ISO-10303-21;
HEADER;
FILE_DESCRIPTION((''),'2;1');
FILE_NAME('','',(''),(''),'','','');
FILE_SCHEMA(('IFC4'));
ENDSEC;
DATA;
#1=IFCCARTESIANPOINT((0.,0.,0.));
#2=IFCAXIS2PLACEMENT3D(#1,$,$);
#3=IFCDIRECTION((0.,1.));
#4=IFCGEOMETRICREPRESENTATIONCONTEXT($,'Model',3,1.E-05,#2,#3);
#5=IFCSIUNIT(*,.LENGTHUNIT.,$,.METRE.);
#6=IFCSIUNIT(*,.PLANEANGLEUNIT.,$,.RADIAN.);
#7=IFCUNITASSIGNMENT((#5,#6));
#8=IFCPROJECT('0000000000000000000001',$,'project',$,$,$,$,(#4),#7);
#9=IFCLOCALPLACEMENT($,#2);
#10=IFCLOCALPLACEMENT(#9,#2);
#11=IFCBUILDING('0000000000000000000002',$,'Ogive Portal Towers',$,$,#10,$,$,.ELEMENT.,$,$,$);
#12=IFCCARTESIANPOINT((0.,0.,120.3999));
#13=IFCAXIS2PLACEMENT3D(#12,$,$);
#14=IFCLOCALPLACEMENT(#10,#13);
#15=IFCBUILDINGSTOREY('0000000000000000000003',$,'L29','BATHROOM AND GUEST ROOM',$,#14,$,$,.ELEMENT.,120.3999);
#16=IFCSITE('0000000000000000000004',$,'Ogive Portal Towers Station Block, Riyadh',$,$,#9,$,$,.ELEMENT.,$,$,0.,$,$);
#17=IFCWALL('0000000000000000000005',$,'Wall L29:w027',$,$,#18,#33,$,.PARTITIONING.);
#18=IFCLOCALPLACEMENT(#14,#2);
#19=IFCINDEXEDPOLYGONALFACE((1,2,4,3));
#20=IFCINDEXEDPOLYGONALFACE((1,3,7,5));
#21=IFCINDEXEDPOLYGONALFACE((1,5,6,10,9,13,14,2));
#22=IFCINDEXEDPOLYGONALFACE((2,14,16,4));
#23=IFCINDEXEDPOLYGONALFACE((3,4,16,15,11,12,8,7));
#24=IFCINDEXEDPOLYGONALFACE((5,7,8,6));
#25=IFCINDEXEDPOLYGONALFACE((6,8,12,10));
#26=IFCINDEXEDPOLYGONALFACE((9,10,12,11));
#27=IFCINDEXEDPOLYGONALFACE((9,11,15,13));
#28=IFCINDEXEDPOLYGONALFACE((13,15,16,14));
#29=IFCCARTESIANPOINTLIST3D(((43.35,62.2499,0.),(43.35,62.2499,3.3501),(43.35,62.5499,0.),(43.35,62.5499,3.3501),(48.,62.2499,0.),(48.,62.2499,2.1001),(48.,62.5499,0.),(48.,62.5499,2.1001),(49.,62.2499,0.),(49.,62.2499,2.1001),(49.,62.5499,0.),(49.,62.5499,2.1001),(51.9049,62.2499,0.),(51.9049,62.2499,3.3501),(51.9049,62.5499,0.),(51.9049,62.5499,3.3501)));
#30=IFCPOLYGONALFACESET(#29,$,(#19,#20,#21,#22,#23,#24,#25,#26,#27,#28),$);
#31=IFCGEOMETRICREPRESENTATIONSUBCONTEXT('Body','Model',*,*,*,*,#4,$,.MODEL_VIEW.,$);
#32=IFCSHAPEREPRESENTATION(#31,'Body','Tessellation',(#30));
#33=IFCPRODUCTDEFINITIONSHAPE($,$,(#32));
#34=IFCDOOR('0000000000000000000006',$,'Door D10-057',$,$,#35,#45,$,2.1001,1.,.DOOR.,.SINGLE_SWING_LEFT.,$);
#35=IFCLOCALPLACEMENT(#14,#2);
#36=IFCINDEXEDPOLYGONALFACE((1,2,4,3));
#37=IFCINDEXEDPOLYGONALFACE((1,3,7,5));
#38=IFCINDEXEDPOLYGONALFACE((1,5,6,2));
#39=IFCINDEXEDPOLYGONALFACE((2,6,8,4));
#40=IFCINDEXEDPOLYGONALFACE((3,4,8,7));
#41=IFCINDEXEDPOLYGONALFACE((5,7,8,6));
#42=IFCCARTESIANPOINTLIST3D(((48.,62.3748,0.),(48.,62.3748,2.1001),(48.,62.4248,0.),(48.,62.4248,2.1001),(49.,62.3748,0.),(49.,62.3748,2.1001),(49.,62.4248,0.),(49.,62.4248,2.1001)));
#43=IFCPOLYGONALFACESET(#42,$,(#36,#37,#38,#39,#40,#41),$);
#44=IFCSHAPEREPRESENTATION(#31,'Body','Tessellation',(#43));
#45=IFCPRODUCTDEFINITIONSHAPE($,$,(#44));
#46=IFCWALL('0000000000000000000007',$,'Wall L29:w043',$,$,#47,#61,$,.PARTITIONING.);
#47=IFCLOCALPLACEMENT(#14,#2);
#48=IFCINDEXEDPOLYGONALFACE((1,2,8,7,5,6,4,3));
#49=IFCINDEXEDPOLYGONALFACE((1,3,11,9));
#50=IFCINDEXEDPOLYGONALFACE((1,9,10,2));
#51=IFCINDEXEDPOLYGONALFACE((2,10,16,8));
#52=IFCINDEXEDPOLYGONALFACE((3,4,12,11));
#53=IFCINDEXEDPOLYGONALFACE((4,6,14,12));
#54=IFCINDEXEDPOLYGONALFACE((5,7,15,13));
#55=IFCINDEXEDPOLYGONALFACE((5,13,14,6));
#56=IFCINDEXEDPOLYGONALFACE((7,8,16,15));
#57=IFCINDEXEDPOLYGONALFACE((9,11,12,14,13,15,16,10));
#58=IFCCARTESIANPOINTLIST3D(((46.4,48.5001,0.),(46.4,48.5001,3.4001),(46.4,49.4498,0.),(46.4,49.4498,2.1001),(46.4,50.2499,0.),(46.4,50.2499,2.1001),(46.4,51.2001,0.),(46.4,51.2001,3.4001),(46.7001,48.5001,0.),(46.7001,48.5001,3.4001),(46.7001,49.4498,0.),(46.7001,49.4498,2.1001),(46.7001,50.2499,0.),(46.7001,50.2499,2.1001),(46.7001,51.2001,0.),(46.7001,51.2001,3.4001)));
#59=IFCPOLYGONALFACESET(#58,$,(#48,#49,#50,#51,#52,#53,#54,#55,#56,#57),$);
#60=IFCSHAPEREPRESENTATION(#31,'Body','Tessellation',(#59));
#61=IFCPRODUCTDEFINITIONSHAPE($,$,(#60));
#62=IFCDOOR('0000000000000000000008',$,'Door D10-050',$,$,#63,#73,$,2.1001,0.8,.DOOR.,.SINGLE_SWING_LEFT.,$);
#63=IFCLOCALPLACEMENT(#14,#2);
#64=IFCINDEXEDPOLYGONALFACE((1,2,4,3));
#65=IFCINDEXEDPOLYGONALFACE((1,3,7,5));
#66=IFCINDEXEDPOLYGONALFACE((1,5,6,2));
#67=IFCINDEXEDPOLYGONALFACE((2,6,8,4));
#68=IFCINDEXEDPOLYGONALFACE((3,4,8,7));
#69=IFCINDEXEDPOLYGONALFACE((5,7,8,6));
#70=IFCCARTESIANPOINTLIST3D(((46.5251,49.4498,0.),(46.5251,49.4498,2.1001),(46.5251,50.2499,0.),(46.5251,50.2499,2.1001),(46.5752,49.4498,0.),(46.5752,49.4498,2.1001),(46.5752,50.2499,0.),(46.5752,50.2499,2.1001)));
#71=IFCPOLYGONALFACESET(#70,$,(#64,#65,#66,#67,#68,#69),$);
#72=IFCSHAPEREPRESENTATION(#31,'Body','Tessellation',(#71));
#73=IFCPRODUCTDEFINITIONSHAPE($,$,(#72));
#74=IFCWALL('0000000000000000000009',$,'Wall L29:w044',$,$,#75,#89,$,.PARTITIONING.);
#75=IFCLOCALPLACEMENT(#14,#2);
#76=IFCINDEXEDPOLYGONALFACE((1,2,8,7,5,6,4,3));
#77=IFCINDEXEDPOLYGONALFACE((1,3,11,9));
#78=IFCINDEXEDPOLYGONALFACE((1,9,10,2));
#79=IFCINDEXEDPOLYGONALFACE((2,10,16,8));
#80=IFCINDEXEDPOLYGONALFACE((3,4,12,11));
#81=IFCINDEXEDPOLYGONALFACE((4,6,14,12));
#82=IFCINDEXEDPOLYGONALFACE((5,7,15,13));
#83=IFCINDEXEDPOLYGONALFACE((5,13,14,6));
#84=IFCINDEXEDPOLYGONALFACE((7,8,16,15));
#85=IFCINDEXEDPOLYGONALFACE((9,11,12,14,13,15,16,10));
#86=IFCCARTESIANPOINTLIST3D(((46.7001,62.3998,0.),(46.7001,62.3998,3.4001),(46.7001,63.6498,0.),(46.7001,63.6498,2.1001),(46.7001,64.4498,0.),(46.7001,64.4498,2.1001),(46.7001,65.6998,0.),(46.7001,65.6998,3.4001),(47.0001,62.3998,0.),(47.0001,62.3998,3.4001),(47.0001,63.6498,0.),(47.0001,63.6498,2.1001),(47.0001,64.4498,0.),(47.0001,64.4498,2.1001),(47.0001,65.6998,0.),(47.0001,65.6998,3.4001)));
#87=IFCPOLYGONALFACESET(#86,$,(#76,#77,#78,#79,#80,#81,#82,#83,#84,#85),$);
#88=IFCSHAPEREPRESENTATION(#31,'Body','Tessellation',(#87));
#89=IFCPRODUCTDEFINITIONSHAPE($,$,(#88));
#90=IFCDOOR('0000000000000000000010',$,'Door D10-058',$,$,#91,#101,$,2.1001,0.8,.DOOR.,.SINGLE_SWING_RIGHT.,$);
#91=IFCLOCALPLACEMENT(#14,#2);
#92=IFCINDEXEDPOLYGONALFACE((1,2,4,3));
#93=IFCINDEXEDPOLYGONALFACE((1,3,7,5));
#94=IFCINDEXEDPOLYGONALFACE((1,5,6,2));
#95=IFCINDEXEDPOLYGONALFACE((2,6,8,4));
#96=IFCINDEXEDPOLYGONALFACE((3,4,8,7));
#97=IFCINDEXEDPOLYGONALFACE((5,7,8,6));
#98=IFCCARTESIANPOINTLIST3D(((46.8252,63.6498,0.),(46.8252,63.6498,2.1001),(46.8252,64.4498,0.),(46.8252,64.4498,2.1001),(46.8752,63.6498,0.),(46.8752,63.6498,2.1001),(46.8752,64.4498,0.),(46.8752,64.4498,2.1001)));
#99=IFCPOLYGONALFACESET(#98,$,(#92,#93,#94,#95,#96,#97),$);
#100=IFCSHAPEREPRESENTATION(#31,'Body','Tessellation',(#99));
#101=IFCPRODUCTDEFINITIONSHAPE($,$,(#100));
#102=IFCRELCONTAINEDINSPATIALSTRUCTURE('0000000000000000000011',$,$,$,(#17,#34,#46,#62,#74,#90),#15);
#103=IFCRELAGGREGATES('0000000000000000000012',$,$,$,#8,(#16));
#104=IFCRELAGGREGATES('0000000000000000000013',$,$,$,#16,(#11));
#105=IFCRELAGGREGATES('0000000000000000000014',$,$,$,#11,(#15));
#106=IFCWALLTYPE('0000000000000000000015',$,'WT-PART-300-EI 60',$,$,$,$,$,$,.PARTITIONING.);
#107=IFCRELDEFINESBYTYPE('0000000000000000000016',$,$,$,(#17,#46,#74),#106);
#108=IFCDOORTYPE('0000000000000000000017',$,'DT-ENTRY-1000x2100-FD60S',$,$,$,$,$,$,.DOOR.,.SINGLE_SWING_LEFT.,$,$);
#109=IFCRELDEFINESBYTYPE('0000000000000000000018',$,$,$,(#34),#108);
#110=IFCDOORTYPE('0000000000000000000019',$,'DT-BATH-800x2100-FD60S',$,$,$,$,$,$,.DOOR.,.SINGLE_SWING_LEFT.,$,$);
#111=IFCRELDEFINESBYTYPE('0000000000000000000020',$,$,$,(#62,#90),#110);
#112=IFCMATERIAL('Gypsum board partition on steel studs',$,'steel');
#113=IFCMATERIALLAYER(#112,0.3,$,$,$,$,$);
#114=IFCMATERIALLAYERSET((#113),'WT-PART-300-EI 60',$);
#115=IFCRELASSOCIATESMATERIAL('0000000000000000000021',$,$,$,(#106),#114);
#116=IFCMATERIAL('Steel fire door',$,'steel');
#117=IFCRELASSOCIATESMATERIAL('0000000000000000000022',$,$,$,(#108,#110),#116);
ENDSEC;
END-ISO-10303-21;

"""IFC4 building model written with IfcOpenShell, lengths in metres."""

from ifc_helpers import new_model, si_unit, direction, frame, frame_2d, origin, place, context, subcontext, project, spatial, rectangle, extrude, material, layer, layer_set, type_object, element, fill, save


model = new_model("IFC4")

# Units and contexts
model_context = context("Model", 3, precision=1e-05, world=origin(), true_north=direction((0.0, 1.0)))
body_context = subcontext(model_context, "Body", "Model", "MODEL_VIEW")
ifc_project = project(units=[si_unit("LENGTHUNIT", "METRE"), si_unit("PLANEANGLEUNIT", "RADIAN")], contexts=[model_context])

# Site, building, storey
site_placement = place(None, origin())
site = spatial("IfcSite", under=ifc_project, at=site_placement, Name="Ogive Portal Towers Station Block, Riyadh", CompositionType="ELEMENT", RefElevation=0.0)
building_placement = place(site_placement, origin())
building = spatial("IfcBuilding", under=site, at=building_placement, Name="Ogive Portal Towers", CompositionType="ELEMENT")
storey_placement = place(building_placement, frame((0.0, 0.0, 120.3999)))
storey = spatial("IfcBuildingStorey", under=building, at=storey_placement, Name="L29", Description="BATHROOM AND GUEST ROOM", CompositionType="ELEMENT", Elevation=120.3999)

# Shared definitions
ifc_material_1 = material(Name="Gypsum board partition on steel studs", Category="steel")
ifc_layer_1 = layer(ifc_material_1, 0.3)
ifc_layer_set_1 = layer_set([ifc_layer_1], Name="WT-PART-300-EI 60")
wall_type_1 = type_object("IfcWallType", Name="WT-PART-300-EI 60", PredefinedType="PARTITIONING", material=ifc_layer_set_1)

# Walls, openings, doors
wall_1_placement = place(storey_placement, frame((43.3501, 62.3999, 0.0), z_axis=(0.0, 0.0, 1.0), x_axis=(1.0, 0.0, 0.0)))
wall_1 = element("IfcWall", 1, at=wall_1_placement, inside=storey, type_object=wall_type_1, Name="Wall L29:w027", PredefinedType="PARTITIONING", context=body_context, shape_type="SweptSolid", body=[
    extrude(rectangle(XDim=8.5549, YDim=0.3, at=frame_2d((4.2773, 0.0))), origin(), (0.0, 0.0, 1.0), 3.3501),
])
opening_1_placement = place(wall_1_placement, frame((4.6499, 0.0, 0.0)))
opening_1 = element("IfcOpeningElement", 2, at=opening_1_placement, cuts=wall_1, PredefinedType="OPENING", context=body_context, shape_type="SweptSolid", body=[
    extrude(rectangle(XDim=1.0, YDim=2.1001, at=frame_2d((0.5, 1.05))), frame((0.0, 0.1602, 0.0), z_axis=(0.0, -1.0, 0.0), x_axis=(1.0, 0.0, 0.0)), (0.0, 0.0, 1.0), 0.3201),
])
ifc_material_2 = material(Name="Steel fire door", Category="steel")
door_type_1 = type_object("IfcDoorType", Name="DT-ENTRY-1000x2100-FD60S", OperationType="SINGLE_SWING_LEFT", PredefinedType="DOOR", material=ifc_material_2)
door_1_placement = place(opening_1_placement, origin())
door_1 = element("IfcDoor", 3, at=door_1_placement, inside=storey, type_object=door_type_1, Name="Door D10-057", OperationType="SINGLE_SWING_LEFT", OverallHeight=2.1001, OverallWidth=1.0, PredefinedType="DOOR", context=body_context, shape_type="SweptSolid", body=[
    extrude(rectangle(XDim=1.0, YDim=2.1001, at=frame_2d((0.5, 1.05))), frame((0.0, 0.0249, 0.0), z_axis=(0.0, -1.0, 0.0), x_axis=(1.0, 0.0, 0.0)), (0.0, 0.0, 1.0), 0.05),
])
fill(opening_1, door_1)
wall_2_placement = place(storey_placement, frame((46.55, 48.5, 0.0), z_axis=(0.0, 0.0, 1.0), x_axis=(0.0, 1.0, 0.0)))
wall_2 = element("IfcWall", 4, at=wall_2_placement, inside=storey, type_object=wall_type_1, Name="Wall L29:w043", PredefinedType="PARTITIONING", context=body_context, shape_type="SweptSolid", body=[
    extrude(rectangle(XDim=2.7, YDim=0.3, at=frame_2d((1.3501, 0.0))), origin(), (0.0, 0.0, 1.0), 3.4001),
])
opening_2_placement = place(wall_2_placement, frame((0.95, 0.0, 0.0)))
opening_2 = element("IfcOpeningElement", 5, at=opening_2_placement, cuts=wall_2, PredefinedType="OPENING", context=body_context, shape_type="SweptSolid", body=[
    extrude(rectangle(XDim=0.8, YDim=2.1001, at=frame_2d((0.3999, 1.05))), frame((0.0, 0.1602, 0.0), z_axis=(0.0, -1.0, 0.0), x_axis=(1.0, 0.0, 0.0)), (0.0, 0.0, 1.0), 0.3201),
])
door_type_2 = type_object("IfcDoorType", Name="DT-BATH-800x2100-FD60S", OperationType="SINGLE_SWING_LEFT", PredefinedType="DOOR", material=ifc_material_2)
door_2_placement = place(opening_2_placement, origin())
door_2 = element("IfcDoor", 6, at=door_2_placement, inside=storey, type_object=door_type_2, Name="Door D10-050", OperationType="SINGLE_SWING_LEFT", OverallHeight=2.1001, OverallWidth=0.8, PredefinedType="DOOR", context=body_context, shape_type="SweptSolid", body=[
    extrude(rectangle(XDim=0.8, YDim=2.1001, at=frame_2d((0.3999, 1.05))), frame((0.0, 0.0249, 0.0), z_axis=(0.0, -1.0, 0.0), x_axis=(1.0, 0.0, 0.0)), (0.0, 0.0, 1.0), 0.05),
])
fill(opening_2, door_2)
wall_3_placement = place(storey_placement, frame((46.8501, 62.3999, 0.0), z_axis=(0.0, 0.0, 1.0), x_axis=(0.0, 1.0, 0.0)))
wall_3 = element("IfcWall", 7, at=wall_3_placement, inside=storey, type_object=wall_type_1, Name="Wall L29:w044", PredefinedType="PARTITIONING", context=body_context, shape_type="SweptSolid", body=[
    extrude(rectangle(XDim=3.3, YDim=0.3, at=frame_2d((1.6499, 0.0))), origin(), (0.0, 0.0, 1.0), 3.4001),
])
opening_3_placement = place(wall_3_placement, frame((1.25, 0.0, 0.0)))
opening_3 = element("IfcOpeningElement", 8, at=opening_3_placement, cuts=wall_3, PredefinedType="OPENING", context=body_context, shape_type="SweptSolid", body=[
    extrude(rectangle(XDim=0.8, YDim=2.1001, at=frame_2d((0.3999, 1.05))), frame((0.0, 0.1602, 0.0), z_axis=(0.0, -1.0, 0.0), x_axis=(1.0, 0.0, 0.0)), (0.0, 0.0, 1.0), 0.3201),
])
door_3_placement = place(opening_3_placement, origin())
door_3 = element("IfcDoor", 9, at=door_3_placement, inside=storey, type_object=door_type_2, Name="Door D10-058", OperationType="SINGLE_SWING_RIGHT", OverallHeight=2.1001, OverallWidth=0.8, PredefinedType="DOOR", context=body_context, shape_type="SweptSolid", body=[
    extrude(rectangle(XDim=0.8, YDim=2.1001, at=frame_2d((0.3999, 1.05))), frame((0.0, 0.0249, 0.0), z_axis=(0.0, -1.0, 0.0), x_axis=(1.0, 0.0, 0.0)), (0.0, 0.0, 1.0), 0.05),
])
fill(opening_3, door_3)

save(model, "model.ifc")
